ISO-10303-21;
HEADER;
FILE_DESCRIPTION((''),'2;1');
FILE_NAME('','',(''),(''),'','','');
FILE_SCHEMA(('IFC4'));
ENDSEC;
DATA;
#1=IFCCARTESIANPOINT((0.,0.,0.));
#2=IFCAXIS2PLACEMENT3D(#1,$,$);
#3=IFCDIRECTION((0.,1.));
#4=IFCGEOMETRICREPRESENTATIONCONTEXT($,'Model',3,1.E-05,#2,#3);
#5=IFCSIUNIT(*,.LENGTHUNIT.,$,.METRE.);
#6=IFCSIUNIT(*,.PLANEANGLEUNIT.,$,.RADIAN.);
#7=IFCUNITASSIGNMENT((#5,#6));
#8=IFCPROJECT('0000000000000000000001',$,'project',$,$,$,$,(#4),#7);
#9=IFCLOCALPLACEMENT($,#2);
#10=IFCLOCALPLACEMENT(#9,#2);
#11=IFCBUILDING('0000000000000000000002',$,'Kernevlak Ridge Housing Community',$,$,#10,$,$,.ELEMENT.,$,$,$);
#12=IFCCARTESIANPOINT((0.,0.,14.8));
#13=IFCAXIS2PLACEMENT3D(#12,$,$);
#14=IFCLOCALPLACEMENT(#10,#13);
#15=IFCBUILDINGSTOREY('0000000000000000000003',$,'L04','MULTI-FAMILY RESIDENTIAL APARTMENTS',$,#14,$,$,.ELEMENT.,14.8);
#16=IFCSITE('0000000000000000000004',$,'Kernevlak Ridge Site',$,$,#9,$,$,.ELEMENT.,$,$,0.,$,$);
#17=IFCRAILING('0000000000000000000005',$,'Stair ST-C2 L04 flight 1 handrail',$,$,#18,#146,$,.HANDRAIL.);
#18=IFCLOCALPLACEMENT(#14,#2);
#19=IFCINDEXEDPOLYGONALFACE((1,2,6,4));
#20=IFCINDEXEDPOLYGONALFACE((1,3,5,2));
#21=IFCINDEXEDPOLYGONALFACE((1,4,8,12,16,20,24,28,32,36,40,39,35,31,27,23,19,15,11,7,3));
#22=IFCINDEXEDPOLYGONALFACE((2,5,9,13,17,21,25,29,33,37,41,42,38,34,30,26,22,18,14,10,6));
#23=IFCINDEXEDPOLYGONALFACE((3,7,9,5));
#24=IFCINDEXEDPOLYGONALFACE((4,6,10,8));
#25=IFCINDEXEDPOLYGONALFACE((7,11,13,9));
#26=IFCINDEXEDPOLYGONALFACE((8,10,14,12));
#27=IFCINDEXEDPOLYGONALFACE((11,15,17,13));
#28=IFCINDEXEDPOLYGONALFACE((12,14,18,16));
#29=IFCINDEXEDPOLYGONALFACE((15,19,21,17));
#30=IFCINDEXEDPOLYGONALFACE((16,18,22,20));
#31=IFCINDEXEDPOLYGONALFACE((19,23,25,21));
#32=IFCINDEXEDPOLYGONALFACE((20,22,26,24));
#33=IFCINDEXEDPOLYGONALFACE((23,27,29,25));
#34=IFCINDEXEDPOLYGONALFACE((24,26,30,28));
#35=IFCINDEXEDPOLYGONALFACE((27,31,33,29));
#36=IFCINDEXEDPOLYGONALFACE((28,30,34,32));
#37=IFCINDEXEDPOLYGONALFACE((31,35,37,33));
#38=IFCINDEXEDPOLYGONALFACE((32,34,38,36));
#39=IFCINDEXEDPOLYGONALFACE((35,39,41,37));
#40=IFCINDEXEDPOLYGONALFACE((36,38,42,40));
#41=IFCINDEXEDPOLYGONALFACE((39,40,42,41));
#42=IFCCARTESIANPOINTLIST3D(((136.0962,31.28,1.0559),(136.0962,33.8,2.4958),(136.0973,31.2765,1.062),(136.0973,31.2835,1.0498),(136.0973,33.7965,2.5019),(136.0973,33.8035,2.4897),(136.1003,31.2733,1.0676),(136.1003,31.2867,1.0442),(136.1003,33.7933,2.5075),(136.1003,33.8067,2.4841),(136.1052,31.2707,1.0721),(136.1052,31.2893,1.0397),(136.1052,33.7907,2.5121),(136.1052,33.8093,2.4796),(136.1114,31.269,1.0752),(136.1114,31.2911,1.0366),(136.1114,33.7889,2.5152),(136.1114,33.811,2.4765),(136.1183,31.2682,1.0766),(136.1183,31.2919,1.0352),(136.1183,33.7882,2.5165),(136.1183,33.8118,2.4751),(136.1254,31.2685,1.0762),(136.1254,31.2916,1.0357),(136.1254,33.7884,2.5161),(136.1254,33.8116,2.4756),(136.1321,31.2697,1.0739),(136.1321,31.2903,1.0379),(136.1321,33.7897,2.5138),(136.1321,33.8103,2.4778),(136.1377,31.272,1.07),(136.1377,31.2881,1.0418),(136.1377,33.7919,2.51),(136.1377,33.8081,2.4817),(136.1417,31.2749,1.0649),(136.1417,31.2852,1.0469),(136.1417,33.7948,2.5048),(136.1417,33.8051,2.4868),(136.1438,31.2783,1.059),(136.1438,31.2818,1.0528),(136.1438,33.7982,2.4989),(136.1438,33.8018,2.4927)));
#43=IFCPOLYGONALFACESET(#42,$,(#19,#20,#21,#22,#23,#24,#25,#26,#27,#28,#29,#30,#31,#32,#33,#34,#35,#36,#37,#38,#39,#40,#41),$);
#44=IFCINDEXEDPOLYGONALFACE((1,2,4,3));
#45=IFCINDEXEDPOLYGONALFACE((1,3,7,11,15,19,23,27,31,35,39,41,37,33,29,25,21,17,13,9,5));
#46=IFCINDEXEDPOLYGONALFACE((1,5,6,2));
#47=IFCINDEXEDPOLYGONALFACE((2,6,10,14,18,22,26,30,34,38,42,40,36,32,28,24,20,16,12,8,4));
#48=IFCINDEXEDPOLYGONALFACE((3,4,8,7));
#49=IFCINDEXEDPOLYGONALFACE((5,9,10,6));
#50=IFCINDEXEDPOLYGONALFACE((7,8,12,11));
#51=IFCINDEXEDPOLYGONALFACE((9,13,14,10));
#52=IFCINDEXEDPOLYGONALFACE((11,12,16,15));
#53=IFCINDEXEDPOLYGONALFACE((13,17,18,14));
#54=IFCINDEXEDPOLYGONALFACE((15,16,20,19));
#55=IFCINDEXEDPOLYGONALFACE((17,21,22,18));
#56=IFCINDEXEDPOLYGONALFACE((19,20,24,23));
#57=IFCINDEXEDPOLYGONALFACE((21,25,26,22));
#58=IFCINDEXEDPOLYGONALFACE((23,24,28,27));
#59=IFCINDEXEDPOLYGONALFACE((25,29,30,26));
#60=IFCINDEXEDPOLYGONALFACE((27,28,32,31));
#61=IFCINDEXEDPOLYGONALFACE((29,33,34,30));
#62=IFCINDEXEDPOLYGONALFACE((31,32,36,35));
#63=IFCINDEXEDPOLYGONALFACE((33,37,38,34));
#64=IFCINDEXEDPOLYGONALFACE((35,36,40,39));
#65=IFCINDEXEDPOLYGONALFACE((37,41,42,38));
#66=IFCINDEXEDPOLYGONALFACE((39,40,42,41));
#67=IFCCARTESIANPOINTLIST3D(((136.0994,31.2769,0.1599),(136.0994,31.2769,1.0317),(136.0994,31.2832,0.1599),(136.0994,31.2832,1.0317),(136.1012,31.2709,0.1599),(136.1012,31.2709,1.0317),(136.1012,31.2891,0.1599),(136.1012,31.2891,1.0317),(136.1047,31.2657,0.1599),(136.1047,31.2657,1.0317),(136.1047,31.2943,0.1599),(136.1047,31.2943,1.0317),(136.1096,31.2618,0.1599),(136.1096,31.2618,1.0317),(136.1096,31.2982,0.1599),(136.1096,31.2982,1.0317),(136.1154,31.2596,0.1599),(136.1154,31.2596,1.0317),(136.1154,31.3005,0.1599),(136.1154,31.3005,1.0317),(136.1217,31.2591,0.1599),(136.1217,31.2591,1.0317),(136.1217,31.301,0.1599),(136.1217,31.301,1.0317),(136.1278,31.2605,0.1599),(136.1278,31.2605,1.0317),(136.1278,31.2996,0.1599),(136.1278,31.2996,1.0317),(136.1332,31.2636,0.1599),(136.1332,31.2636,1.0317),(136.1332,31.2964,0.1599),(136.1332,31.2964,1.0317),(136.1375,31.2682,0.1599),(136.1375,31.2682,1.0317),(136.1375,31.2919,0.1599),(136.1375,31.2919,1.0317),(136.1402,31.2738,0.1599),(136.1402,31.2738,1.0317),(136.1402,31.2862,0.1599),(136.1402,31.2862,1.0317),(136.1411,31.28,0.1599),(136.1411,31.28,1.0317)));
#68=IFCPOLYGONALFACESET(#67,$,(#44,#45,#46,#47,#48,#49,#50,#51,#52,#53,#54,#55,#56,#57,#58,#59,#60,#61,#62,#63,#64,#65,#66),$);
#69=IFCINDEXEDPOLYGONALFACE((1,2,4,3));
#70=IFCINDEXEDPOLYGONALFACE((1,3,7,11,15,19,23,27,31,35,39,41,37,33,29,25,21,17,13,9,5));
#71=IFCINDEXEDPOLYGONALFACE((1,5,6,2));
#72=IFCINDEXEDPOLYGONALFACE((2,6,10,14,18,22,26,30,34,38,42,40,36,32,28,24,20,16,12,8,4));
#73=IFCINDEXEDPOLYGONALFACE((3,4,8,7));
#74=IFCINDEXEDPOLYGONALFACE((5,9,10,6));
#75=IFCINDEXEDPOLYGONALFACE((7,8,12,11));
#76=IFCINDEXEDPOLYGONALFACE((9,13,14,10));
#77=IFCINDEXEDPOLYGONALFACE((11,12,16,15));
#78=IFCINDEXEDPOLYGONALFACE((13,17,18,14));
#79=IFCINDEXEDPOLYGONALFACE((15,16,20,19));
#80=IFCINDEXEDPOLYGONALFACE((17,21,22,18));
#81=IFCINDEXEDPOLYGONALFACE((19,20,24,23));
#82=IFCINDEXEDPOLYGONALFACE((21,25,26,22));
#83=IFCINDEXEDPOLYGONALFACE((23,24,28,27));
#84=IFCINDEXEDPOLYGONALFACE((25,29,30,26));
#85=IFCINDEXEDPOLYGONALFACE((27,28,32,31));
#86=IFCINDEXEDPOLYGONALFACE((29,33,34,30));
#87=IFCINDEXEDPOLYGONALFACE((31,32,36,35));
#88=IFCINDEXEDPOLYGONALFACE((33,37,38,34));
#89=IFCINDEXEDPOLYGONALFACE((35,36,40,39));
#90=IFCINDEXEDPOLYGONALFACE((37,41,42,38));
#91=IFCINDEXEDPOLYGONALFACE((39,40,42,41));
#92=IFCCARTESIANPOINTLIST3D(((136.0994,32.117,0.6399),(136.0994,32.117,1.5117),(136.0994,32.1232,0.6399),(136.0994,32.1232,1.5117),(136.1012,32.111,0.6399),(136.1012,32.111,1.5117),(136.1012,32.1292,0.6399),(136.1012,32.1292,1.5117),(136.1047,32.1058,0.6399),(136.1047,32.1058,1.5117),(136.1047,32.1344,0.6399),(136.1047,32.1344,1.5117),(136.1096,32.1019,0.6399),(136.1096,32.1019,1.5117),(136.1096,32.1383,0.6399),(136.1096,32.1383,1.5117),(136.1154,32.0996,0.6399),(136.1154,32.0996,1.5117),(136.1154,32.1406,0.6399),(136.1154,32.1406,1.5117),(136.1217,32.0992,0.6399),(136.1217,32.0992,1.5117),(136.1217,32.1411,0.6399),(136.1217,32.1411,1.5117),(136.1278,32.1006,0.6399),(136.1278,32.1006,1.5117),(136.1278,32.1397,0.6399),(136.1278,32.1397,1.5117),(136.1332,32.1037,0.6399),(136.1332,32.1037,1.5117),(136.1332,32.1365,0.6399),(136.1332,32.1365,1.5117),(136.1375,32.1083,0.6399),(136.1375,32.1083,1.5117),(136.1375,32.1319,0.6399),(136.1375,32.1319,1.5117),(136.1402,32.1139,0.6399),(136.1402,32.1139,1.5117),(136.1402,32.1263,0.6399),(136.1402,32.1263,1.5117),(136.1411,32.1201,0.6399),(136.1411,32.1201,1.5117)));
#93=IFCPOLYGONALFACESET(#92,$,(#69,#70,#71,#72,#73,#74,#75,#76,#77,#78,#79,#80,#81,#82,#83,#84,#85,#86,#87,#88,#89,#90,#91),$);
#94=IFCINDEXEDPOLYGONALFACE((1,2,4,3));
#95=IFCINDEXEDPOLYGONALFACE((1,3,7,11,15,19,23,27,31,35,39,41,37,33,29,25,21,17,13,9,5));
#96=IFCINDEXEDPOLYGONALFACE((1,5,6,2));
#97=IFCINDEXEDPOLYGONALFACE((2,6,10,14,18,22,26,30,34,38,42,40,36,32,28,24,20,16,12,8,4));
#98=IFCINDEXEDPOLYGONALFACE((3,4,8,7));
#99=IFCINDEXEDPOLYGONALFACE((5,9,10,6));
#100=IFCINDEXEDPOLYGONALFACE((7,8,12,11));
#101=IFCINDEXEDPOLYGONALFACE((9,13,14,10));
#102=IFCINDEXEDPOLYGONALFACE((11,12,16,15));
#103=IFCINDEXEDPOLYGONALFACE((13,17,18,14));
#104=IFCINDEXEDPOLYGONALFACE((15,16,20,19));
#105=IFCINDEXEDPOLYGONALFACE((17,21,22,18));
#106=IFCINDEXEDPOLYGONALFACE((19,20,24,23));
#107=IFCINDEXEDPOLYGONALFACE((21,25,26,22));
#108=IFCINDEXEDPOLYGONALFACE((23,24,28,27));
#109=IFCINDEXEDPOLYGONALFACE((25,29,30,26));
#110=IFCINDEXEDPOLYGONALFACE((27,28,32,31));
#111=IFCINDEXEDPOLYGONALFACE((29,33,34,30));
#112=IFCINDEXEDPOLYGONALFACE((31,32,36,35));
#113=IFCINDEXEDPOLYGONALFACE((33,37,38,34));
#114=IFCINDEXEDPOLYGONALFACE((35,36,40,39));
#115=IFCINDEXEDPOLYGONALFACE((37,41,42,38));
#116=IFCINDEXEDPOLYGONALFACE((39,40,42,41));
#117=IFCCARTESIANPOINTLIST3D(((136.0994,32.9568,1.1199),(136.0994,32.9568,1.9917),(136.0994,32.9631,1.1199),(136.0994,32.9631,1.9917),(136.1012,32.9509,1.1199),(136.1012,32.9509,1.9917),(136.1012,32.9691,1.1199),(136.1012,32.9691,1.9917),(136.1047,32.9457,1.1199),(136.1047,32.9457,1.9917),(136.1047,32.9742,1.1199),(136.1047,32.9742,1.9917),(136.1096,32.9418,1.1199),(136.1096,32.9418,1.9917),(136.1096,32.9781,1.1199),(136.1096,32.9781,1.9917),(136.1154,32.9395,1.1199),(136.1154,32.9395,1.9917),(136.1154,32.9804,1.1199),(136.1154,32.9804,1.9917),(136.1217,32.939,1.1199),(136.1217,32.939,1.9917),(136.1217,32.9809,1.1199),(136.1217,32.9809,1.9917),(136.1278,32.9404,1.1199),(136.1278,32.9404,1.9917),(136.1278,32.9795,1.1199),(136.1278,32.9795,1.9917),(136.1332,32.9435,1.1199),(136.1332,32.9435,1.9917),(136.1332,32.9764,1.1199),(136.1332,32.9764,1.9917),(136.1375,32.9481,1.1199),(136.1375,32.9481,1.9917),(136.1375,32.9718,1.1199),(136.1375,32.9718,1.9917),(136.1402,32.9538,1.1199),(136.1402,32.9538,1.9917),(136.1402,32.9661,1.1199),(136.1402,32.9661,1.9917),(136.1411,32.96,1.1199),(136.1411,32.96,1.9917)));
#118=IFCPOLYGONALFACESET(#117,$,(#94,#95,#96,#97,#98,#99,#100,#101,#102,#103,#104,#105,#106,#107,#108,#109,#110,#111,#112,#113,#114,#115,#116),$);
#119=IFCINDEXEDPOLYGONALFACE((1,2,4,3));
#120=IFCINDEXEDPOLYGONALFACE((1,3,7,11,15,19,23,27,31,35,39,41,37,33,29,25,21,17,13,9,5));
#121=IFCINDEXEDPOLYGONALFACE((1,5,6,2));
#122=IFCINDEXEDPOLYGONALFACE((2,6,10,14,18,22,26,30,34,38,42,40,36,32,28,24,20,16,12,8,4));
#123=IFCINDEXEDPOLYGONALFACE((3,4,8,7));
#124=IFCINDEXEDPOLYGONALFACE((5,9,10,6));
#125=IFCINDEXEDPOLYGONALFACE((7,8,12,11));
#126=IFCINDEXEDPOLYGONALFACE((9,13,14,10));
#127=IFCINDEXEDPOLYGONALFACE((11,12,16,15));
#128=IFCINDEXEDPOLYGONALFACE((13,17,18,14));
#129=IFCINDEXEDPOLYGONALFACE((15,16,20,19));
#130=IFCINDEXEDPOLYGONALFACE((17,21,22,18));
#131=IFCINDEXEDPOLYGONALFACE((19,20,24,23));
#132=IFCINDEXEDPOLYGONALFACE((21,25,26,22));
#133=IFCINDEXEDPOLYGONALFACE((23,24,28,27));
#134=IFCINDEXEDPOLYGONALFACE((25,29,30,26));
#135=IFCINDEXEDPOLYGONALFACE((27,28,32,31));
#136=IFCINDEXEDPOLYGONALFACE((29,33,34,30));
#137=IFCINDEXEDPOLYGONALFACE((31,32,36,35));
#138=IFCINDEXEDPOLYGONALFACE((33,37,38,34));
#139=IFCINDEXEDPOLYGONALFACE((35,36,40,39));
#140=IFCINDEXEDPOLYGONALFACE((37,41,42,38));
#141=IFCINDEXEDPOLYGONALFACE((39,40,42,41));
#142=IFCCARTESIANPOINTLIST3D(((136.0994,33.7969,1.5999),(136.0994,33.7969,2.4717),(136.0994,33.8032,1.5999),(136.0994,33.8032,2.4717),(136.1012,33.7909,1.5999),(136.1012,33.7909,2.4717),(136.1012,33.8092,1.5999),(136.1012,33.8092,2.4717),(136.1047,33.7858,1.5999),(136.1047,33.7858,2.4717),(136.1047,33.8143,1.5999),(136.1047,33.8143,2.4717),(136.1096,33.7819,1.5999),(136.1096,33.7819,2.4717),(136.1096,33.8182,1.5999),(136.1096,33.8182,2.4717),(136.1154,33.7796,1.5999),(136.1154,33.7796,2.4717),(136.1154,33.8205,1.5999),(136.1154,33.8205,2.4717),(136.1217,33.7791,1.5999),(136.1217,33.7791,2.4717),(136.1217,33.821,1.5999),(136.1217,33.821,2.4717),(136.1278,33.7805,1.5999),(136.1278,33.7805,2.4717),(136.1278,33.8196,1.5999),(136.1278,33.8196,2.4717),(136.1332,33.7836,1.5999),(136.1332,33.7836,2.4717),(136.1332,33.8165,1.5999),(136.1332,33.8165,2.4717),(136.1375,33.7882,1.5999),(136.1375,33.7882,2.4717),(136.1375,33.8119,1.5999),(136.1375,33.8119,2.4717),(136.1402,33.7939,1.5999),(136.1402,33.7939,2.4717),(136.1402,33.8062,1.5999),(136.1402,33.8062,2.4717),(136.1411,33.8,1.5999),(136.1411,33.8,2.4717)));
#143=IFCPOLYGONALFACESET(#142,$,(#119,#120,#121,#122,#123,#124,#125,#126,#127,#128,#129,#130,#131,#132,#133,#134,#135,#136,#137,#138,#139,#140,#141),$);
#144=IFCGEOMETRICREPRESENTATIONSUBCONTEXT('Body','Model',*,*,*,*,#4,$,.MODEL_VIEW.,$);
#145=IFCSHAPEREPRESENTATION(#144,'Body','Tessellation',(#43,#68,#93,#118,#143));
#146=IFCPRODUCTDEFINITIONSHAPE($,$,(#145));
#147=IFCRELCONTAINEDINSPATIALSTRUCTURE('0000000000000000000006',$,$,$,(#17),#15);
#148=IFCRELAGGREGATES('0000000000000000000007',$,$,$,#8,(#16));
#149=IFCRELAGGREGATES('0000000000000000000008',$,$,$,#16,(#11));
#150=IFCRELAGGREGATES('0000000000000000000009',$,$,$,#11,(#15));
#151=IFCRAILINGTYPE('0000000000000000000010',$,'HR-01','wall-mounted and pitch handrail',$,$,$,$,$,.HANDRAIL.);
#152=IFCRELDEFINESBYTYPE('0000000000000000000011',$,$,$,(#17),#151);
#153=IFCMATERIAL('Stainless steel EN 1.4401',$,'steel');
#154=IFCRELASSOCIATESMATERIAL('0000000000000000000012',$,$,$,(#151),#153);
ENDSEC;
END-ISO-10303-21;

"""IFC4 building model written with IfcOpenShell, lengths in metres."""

from ifc_helpers import new_model, si_unit, direction, frame, origin, origin_2d, place, context, subcontext, project, spatial, circle, extrude, material, type_object, element, save


model = new_model("IFC4")

# Units and contexts
model_context = context("Model", 3, precision=1e-05, world=origin(), true_north=direction((0.0, 1.0)))
body_context = subcontext(model_context, "Body", "Model", "MODEL_VIEW")
ifc_project = project(units=[si_unit("LENGTHUNIT", "METRE"), si_unit("PLANEANGLEUNIT", "RADIAN")], contexts=[model_context])

# Site, building, storey
site_placement = place(None, origin())
site = spatial("IfcSite", under=ifc_project, at=site_placement, Name="Kernevlak Ridge Site", CompositionType="ELEMENT", RefElevation=0.0)
building_placement = place(site_placement, origin())
building = spatial("IfcBuilding", under=site, at=building_placement, Name="Kernevlak Ridge Housing Community", CompositionType="ELEMENT")
storey_placement = place(building_placement, frame((0.0, 0.0, 14.8)))
storey = spatial("IfcBuildingStorey", under=building, at=storey_placement, Name="L04", Description="MULTI-FAMILY RESIDENTIAL APARTMENTS", CompositionType="ELEMENT", Elevation=14.8)

# Railing
ifc_material_1 = material(Name="Stainless steel EN 1.4401", Category="steel")
railing_type_1 = type_object("IfcRailingType", Name="HR-01", Description="wall-mounted and pitch handrail", PredefinedType="HANDRAIL", material=ifc_material_1)
railing_1_placement = place(storey_placement, frame((136.1201, 31.28, 0.1599)))
element("IfcRailing", 1, at=railing_1_placement, inside=storey, type_object=railing_type_1, Name="Stair ST-C2 L04 flight 1 handrail", PredefinedType="HANDRAIL", context=body_context, shape_type="SweptSolid", body=[
    extrude(circle(Radius=0.0239, at=origin_2d()), frame((0.0, 0.0, 0.896), z_axis=(0.0, 0.868253, 0.496121), x_axis=(-1.0, 0.0, 0.0)), (0.0, 0.0, 1.0), 2.9023),
    extrude(circle(Radius=0.021, at=origin_2d()), origin(), (0.0, 0.0, 1.0), 0.8718),
    extrude(circle(Radius=0.021, at=origin_2d()), frame((0.0, 0.8401, 0.48)), (0.0, 0.0, 1.0), 0.8718),
    extrude(circle(Radius=0.021, at=origin_2d()), frame((0.0, 1.6799, 0.96)), (0.0, 0.0, 1.0), 0.8718),
    extrude(circle(Radius=0.021, at=origin_2d()), frame((0.0, 2.52, 1.4399)), (0.0, 0.0, 1.0), 0.8718),
])

save(model, "model.ifc")
